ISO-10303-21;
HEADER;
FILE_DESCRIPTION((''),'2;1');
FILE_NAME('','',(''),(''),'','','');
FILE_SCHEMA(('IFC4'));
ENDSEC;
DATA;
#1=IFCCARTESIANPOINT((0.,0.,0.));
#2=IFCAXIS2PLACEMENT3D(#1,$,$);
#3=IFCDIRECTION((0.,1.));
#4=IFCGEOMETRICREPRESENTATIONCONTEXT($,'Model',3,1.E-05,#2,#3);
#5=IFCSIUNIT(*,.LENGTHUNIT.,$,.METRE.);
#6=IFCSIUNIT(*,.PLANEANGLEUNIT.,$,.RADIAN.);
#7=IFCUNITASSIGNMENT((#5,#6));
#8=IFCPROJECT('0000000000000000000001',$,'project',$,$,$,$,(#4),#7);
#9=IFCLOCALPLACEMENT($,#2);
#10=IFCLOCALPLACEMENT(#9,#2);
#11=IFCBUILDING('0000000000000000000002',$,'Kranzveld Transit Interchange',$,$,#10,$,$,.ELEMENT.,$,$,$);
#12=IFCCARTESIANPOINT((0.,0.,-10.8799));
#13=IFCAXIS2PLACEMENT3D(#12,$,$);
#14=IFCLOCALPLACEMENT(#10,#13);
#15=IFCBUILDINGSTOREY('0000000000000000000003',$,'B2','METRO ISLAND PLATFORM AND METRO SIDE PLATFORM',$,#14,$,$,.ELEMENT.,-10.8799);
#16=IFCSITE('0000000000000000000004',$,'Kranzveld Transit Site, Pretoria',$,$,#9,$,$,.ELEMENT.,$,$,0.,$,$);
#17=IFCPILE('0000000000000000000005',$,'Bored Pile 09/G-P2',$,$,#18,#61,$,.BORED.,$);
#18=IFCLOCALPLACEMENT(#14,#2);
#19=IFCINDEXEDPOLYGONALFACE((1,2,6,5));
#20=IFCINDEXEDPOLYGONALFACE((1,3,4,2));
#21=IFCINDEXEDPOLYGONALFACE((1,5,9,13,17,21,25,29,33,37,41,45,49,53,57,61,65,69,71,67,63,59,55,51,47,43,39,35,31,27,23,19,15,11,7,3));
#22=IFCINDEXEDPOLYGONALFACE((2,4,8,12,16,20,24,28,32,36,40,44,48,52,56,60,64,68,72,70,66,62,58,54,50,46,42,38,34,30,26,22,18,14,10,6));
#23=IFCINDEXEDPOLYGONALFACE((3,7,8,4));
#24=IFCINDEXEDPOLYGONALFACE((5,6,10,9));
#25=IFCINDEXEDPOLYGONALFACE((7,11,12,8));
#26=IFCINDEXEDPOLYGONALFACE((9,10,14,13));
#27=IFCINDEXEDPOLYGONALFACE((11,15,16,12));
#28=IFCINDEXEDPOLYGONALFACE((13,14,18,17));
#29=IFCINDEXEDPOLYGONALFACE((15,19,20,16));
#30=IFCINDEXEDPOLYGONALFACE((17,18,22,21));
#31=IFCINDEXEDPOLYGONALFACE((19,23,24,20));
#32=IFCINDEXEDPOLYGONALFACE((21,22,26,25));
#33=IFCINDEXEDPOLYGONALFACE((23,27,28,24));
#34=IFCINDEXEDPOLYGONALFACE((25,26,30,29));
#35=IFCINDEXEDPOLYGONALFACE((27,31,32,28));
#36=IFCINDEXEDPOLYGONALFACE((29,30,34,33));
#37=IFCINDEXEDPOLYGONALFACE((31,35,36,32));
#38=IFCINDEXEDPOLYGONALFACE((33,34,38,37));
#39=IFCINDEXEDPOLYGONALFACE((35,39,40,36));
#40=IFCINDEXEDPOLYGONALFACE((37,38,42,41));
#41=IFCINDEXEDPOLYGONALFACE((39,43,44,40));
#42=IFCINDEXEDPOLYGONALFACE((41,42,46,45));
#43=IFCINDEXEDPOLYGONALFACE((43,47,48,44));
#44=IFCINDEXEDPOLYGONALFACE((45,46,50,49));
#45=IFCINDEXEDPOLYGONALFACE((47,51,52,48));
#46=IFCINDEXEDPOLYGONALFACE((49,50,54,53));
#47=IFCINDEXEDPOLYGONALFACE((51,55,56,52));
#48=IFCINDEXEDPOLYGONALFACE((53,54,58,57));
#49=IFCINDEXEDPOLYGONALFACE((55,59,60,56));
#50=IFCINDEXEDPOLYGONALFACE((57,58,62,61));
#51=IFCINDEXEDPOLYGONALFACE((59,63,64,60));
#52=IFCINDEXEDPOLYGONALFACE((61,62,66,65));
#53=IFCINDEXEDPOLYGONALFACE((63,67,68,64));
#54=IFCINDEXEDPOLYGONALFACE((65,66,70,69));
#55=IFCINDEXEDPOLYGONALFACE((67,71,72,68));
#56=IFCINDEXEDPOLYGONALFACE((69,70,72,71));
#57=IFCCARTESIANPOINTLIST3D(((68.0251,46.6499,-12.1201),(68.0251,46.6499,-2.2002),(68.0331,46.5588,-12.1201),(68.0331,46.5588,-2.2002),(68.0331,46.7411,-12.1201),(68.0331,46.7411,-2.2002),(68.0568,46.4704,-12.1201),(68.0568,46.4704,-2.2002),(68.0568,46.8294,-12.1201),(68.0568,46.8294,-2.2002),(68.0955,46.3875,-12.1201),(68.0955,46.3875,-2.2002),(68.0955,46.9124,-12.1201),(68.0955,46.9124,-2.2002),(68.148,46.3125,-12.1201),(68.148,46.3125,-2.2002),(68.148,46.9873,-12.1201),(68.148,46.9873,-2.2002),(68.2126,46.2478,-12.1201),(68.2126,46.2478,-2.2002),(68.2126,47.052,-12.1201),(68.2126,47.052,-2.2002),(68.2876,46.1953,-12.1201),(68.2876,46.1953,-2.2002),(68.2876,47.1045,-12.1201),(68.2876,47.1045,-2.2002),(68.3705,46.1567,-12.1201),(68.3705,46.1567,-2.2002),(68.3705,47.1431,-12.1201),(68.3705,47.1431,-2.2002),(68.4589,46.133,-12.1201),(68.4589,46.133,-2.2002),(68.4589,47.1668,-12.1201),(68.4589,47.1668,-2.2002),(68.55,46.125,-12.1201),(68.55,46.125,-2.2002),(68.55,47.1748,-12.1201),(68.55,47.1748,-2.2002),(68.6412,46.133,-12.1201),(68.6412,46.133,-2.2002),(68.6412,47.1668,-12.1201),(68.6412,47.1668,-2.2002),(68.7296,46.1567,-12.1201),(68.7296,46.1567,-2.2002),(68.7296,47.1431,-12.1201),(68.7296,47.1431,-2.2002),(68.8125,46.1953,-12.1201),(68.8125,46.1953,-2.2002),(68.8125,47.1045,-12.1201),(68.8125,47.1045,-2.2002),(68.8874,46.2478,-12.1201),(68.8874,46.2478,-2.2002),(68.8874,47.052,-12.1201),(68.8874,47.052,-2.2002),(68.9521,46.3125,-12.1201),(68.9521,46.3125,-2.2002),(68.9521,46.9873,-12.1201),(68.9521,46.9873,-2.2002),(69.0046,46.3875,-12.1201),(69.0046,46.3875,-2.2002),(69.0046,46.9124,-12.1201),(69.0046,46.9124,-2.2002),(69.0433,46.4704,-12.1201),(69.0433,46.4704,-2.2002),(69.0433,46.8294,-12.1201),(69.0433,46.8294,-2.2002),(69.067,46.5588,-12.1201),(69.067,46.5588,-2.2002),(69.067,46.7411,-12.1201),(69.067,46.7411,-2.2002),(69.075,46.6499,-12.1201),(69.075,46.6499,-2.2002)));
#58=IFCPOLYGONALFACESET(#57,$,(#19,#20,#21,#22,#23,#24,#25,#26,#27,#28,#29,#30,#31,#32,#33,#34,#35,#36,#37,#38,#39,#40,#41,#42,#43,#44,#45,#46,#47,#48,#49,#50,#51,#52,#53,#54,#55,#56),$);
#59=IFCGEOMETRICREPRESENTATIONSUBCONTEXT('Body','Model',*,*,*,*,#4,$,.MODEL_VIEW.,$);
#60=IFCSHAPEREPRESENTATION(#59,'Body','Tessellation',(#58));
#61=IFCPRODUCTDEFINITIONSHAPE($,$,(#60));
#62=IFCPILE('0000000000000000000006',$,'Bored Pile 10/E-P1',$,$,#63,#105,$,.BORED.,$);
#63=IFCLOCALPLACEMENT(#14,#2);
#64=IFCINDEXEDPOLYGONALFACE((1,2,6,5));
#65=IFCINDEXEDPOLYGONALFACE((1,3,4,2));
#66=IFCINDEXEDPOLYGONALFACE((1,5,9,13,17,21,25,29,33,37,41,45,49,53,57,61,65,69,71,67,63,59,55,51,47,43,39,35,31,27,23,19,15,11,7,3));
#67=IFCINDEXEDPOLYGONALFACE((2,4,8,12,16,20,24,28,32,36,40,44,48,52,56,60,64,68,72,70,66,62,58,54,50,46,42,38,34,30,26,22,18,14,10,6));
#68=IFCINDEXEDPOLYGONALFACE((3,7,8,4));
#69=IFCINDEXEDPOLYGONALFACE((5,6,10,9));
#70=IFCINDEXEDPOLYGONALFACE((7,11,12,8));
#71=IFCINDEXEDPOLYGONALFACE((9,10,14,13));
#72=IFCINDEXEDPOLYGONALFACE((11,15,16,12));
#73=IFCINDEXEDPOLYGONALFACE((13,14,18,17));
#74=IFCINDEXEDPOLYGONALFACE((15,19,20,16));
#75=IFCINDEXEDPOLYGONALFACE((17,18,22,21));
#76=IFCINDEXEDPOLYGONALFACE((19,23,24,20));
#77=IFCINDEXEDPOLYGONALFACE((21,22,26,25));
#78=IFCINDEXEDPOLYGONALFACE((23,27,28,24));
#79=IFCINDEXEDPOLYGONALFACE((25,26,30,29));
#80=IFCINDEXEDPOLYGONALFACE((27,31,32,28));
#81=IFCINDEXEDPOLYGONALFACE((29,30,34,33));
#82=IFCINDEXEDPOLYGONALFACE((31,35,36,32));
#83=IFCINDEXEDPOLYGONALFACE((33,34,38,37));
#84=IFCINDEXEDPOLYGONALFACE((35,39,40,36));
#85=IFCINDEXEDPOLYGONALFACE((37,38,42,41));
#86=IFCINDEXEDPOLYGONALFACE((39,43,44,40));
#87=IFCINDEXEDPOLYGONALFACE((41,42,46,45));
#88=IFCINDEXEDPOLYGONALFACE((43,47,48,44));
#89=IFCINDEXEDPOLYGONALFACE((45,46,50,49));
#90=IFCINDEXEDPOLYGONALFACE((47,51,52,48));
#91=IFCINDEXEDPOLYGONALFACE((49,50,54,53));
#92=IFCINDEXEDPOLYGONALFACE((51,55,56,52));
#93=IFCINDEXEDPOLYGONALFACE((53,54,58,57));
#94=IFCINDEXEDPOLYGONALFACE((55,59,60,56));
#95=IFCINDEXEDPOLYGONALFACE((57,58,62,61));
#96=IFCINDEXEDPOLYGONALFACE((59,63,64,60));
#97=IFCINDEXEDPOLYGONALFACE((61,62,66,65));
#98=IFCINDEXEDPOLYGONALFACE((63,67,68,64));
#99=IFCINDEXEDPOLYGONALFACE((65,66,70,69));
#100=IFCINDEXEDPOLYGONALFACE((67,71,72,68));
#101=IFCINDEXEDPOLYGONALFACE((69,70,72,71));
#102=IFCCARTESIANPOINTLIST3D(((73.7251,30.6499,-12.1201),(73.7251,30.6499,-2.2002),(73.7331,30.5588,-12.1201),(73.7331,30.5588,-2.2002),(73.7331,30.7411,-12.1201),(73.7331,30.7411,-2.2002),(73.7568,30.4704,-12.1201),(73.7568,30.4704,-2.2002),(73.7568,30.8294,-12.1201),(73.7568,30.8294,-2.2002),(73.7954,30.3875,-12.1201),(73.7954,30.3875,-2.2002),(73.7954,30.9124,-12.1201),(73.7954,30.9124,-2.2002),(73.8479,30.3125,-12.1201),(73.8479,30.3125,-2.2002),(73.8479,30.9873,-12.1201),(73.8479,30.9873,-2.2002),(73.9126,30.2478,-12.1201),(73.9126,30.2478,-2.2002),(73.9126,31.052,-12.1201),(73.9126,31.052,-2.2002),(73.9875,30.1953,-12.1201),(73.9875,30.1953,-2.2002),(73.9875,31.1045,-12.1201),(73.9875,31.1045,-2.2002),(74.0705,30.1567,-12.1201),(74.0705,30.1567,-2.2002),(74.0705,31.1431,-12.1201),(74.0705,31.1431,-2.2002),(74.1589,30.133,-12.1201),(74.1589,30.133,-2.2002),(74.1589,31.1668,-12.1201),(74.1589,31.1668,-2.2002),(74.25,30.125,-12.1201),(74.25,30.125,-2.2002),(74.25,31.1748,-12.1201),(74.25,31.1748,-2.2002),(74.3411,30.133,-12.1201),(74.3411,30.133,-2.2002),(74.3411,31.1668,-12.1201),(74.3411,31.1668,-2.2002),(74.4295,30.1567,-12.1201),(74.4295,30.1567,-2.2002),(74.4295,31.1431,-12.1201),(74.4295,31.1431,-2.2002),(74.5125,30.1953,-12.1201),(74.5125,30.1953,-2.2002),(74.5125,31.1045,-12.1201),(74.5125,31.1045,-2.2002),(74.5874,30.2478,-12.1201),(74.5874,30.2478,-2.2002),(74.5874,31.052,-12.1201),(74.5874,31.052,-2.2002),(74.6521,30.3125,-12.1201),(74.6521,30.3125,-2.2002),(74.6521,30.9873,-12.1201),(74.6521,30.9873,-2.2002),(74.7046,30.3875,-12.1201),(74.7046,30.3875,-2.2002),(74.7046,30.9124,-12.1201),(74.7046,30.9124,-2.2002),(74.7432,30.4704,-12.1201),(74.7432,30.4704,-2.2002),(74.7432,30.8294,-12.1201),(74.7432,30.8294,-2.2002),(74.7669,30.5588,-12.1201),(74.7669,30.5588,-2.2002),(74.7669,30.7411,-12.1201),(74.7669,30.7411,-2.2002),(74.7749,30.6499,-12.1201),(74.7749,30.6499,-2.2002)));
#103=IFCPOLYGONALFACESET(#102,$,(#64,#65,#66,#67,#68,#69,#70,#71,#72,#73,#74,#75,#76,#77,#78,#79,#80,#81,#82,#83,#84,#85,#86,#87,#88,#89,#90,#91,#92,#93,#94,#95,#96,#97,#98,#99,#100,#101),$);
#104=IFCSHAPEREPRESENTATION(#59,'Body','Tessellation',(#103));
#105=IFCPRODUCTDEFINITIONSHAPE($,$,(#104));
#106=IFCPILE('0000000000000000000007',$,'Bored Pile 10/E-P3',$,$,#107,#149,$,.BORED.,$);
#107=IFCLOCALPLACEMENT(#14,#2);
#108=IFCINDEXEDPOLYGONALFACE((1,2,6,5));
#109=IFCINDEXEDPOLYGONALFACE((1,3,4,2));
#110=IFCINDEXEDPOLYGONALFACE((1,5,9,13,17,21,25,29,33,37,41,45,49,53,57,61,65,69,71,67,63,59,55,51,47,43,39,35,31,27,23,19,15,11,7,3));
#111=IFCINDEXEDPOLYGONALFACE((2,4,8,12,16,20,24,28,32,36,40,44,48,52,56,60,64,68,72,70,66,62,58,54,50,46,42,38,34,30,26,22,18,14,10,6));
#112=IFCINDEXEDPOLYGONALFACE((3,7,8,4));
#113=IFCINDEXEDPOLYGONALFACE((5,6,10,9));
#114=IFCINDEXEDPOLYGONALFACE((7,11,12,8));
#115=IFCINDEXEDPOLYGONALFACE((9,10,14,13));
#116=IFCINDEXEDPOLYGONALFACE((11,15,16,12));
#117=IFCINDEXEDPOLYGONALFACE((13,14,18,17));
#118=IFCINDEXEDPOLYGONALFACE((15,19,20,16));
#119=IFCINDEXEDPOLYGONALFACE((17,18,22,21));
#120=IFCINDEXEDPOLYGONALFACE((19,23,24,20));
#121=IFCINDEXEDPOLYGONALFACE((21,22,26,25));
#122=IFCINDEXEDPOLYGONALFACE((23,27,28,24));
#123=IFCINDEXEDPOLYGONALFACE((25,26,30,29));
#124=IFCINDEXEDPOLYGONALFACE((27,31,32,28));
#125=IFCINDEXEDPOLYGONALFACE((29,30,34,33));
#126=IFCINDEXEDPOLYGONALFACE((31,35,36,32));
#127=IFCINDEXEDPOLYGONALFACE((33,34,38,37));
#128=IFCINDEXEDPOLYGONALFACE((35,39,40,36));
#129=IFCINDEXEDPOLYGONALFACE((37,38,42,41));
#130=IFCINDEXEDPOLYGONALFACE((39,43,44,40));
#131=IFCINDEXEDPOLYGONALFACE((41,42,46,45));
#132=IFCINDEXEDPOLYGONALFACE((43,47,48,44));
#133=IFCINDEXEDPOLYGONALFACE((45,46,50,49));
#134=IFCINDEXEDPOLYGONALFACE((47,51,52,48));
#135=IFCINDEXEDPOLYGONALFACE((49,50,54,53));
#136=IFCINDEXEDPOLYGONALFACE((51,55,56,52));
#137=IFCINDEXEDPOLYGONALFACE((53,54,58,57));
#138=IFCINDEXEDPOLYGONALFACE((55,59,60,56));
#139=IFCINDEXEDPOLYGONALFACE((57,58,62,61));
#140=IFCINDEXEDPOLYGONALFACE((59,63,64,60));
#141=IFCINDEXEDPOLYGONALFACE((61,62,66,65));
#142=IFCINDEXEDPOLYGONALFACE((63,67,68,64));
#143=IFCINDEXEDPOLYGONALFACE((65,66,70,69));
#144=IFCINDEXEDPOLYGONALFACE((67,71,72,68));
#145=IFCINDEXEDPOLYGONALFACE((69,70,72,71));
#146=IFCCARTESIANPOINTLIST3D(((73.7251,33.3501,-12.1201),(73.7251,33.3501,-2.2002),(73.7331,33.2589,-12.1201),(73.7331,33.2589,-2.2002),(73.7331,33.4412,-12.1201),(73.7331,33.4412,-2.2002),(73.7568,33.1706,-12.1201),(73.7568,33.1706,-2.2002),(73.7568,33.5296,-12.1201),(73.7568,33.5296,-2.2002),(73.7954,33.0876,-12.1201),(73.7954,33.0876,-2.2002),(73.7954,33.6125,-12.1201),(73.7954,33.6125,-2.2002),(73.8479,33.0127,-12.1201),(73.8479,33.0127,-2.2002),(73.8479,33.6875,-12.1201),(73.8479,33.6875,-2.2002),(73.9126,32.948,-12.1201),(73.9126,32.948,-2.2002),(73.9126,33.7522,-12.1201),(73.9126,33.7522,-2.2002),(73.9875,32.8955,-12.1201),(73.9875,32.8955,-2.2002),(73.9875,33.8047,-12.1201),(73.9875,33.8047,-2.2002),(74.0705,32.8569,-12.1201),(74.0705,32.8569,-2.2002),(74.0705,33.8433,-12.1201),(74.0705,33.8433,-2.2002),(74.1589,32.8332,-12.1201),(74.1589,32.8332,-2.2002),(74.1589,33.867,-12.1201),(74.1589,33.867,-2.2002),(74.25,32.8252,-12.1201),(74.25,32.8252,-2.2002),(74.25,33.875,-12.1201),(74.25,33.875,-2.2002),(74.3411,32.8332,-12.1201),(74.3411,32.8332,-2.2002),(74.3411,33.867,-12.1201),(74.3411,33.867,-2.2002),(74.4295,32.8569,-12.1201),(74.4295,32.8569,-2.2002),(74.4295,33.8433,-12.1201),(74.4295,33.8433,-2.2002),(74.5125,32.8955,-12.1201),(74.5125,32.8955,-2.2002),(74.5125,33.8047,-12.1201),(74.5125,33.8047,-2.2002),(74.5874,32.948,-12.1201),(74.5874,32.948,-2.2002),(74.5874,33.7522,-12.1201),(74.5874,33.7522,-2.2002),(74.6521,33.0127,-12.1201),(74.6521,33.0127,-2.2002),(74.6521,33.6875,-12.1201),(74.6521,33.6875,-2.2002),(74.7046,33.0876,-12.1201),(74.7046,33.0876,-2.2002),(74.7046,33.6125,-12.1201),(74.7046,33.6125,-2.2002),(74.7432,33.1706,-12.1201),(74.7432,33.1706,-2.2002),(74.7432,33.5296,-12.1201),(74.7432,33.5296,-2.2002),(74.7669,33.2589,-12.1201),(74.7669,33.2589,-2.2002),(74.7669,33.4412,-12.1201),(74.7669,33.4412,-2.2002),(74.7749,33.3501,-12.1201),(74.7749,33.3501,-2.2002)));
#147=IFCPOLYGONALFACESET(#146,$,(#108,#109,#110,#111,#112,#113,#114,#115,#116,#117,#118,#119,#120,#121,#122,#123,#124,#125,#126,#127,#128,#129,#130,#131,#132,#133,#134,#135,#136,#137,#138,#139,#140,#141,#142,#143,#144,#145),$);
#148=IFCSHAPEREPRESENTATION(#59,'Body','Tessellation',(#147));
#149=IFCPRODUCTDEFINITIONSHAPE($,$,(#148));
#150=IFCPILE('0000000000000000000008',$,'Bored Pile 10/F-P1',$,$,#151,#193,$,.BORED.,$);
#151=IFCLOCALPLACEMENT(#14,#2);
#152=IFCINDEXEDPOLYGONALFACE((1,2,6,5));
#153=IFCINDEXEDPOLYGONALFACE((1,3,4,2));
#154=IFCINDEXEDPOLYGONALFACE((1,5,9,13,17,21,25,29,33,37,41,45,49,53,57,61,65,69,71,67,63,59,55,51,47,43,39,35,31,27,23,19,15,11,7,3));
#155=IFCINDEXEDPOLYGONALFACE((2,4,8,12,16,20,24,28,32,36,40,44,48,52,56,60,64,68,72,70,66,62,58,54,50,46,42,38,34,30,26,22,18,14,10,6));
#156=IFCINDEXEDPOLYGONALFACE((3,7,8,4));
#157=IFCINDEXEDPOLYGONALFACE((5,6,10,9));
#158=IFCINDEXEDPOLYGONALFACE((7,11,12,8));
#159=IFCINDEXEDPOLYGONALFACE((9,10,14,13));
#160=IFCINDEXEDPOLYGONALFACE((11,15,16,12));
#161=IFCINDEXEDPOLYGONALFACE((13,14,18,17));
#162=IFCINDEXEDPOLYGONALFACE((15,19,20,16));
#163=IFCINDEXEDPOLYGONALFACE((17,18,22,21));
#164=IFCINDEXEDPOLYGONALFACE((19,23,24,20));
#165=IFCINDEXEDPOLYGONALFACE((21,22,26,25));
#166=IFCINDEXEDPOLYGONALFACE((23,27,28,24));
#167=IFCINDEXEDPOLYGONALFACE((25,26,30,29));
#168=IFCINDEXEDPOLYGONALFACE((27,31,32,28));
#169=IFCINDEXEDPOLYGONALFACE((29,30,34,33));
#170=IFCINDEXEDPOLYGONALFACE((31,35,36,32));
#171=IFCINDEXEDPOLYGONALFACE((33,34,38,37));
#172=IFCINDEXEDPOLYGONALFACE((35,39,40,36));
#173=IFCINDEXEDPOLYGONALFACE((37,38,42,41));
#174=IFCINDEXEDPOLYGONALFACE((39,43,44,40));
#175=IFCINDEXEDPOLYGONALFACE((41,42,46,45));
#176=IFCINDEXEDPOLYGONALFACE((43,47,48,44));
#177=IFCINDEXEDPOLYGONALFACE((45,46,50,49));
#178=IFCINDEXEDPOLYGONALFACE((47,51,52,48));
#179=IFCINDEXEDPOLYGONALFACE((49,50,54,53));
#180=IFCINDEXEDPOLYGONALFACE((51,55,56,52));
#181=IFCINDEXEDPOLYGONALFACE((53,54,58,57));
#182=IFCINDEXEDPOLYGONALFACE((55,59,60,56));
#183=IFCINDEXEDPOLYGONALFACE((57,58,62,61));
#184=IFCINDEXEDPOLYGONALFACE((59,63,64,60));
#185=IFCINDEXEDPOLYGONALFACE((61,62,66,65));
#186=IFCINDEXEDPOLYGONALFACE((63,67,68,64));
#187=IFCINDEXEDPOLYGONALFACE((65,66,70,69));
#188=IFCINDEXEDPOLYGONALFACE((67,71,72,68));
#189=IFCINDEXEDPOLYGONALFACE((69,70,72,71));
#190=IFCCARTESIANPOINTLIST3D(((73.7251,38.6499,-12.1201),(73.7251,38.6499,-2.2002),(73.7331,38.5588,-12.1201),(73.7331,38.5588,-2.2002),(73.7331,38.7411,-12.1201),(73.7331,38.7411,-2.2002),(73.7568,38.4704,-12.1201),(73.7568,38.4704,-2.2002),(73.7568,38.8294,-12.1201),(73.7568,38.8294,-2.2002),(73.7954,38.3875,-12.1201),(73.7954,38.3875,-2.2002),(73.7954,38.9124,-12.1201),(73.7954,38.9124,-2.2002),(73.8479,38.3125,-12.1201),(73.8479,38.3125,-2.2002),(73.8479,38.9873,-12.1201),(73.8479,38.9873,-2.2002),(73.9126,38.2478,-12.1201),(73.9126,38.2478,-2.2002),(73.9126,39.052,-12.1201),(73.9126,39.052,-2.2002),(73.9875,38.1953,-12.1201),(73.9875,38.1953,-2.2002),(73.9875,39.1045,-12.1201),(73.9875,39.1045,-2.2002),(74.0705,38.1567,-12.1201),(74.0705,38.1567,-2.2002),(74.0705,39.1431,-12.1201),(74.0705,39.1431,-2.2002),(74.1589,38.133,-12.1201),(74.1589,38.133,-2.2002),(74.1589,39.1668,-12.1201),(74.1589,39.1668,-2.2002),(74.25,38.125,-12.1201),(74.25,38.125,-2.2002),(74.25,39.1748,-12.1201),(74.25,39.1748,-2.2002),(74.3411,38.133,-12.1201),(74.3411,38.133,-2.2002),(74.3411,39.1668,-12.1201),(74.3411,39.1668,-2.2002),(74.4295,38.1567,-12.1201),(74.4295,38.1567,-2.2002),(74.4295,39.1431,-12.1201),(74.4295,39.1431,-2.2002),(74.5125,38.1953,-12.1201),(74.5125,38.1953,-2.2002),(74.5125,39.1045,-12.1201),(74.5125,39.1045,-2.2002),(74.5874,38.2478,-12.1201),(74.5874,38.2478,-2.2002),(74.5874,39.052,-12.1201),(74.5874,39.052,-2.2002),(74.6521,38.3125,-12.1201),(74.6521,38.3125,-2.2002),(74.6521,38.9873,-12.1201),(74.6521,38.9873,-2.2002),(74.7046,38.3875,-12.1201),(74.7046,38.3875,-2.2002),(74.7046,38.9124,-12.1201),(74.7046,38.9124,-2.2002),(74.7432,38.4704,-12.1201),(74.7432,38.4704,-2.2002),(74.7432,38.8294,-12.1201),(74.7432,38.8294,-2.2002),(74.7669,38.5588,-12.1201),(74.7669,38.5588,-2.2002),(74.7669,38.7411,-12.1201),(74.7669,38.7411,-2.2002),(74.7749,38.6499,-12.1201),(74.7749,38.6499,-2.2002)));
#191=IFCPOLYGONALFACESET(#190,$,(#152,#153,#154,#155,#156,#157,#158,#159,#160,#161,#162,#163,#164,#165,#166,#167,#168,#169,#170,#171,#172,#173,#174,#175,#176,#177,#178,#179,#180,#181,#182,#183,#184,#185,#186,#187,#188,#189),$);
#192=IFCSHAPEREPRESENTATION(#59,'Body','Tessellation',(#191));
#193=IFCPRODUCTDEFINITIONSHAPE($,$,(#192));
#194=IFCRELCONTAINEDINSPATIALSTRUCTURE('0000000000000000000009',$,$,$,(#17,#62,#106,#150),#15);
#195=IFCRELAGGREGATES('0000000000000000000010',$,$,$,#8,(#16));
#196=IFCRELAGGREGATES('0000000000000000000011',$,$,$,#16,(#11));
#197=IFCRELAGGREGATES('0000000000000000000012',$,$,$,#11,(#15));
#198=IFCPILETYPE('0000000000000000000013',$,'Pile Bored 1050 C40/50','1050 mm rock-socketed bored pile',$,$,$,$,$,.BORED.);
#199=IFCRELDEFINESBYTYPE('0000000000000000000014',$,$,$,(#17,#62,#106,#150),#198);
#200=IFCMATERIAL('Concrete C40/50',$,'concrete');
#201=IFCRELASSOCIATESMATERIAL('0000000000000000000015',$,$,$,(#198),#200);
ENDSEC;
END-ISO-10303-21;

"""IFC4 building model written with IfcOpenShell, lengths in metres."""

from ifc_helpers import new_model, si_unit, direction, frame, origin, origin_2d, place, context, subcontext, project, spatial, circle, extrude, material, material_profile, profile_set, type_object, element, save


model = new_model("IFC4")

# Units and contexts
model_context = context("Model", 3, precision=1e-05, world=origin(), true_north=direction((0.0, 1.0)))
body_context = subcontext(model_context, "Body", "Model", "MODEL_VIEW")
ifc_project = project(units=[si_unit("LENGTHUNIT", "METRE"), si_unit("PLANEANGLEUNIT", "RADIAN")], contexts=[model_context])

# Site, building, storey
site_placement = place(None, origin())
site = spatial("IfcSite", under=ifc_project, at=site_placement, Name="Kranzveld Transit Site, Pretoria", CompositionType="ELEMENT", RefElevation=0.0)
building_placement = place(site_placement, origin())
building = spatial("IfcBuilding", under=site, at=building_placement, Name="Kranzveld Transit Interchange", CompositionType="ELEMENT")
storey_placement = place(building_placement, frame((0.0, 0.0, -10.8799)))
storey = spatial("IfcBuildingStorey", under=building, at=storey_placement, Name="B2", Description="METRO ISLAND PLATFORM AND METRO SIDE PLATFORM", CompositionType="ELEMENT", Elevation=-10.8799)

# Piles
ifc_material_1 = material(Name="Concrete C40/50", Category="concrete")
ifc_material_profile_1 = material_profile(ifc_material_1, circle(Radius=0.5249, at=origin_2d()), Name="BORED PILE 1050")
ifc_profile_set_1 = profile_set([ifc_material_profile_1], Name="Concrete C40/50")
pile_type = type_object("IfcPileType", Name="Pile Bored 1050 C40/50", Description="1050 mm rock-socketed bored pile", PredefinedType="BORED", material=ifc_profile_set_1)
for number, where, z_axis, x_axis, name in (
    (1, (68.55, 46.6499, -2.2002), (0.0, 0.0, -1.0), (1.0, 0.0, 0.0), "Bored Pile 09/G-P2"),
    (2, (74.25, 30.6499, -2.2002), (0.0, 0.0, -1.0), (1.0, 0.0, 0.0), "Bored Pile 10/E-P1"),
    (3, (74.25, 33.3501, -2.2002), (0.0, 0.0, -1.0), (1.0, 0.0, 0.0), "Bored Pile 10/E-P3"),
    (4, (74.25, 38.6499, -2.2002), (0.0, 0.0, -1.0), (1.0, 0.0, 0.0), "Bored Pile 10/F-P1"),
):
    element("IfcPile", number, at=place(storey_placement, frame(where, z_axis=z_axis, x_axis=x_axis)), inside=storey, type_object=pile_type, Name=name, PredefinedType="BORED", context=body_context, shape_type="SweptSolid", body=[
        extrude(circle(Radius=0.5249, at=origin_2d()), origin(), (0.0, 0.0, 1.0), 9.9199),
    ])

save(model, "model.ifc")
